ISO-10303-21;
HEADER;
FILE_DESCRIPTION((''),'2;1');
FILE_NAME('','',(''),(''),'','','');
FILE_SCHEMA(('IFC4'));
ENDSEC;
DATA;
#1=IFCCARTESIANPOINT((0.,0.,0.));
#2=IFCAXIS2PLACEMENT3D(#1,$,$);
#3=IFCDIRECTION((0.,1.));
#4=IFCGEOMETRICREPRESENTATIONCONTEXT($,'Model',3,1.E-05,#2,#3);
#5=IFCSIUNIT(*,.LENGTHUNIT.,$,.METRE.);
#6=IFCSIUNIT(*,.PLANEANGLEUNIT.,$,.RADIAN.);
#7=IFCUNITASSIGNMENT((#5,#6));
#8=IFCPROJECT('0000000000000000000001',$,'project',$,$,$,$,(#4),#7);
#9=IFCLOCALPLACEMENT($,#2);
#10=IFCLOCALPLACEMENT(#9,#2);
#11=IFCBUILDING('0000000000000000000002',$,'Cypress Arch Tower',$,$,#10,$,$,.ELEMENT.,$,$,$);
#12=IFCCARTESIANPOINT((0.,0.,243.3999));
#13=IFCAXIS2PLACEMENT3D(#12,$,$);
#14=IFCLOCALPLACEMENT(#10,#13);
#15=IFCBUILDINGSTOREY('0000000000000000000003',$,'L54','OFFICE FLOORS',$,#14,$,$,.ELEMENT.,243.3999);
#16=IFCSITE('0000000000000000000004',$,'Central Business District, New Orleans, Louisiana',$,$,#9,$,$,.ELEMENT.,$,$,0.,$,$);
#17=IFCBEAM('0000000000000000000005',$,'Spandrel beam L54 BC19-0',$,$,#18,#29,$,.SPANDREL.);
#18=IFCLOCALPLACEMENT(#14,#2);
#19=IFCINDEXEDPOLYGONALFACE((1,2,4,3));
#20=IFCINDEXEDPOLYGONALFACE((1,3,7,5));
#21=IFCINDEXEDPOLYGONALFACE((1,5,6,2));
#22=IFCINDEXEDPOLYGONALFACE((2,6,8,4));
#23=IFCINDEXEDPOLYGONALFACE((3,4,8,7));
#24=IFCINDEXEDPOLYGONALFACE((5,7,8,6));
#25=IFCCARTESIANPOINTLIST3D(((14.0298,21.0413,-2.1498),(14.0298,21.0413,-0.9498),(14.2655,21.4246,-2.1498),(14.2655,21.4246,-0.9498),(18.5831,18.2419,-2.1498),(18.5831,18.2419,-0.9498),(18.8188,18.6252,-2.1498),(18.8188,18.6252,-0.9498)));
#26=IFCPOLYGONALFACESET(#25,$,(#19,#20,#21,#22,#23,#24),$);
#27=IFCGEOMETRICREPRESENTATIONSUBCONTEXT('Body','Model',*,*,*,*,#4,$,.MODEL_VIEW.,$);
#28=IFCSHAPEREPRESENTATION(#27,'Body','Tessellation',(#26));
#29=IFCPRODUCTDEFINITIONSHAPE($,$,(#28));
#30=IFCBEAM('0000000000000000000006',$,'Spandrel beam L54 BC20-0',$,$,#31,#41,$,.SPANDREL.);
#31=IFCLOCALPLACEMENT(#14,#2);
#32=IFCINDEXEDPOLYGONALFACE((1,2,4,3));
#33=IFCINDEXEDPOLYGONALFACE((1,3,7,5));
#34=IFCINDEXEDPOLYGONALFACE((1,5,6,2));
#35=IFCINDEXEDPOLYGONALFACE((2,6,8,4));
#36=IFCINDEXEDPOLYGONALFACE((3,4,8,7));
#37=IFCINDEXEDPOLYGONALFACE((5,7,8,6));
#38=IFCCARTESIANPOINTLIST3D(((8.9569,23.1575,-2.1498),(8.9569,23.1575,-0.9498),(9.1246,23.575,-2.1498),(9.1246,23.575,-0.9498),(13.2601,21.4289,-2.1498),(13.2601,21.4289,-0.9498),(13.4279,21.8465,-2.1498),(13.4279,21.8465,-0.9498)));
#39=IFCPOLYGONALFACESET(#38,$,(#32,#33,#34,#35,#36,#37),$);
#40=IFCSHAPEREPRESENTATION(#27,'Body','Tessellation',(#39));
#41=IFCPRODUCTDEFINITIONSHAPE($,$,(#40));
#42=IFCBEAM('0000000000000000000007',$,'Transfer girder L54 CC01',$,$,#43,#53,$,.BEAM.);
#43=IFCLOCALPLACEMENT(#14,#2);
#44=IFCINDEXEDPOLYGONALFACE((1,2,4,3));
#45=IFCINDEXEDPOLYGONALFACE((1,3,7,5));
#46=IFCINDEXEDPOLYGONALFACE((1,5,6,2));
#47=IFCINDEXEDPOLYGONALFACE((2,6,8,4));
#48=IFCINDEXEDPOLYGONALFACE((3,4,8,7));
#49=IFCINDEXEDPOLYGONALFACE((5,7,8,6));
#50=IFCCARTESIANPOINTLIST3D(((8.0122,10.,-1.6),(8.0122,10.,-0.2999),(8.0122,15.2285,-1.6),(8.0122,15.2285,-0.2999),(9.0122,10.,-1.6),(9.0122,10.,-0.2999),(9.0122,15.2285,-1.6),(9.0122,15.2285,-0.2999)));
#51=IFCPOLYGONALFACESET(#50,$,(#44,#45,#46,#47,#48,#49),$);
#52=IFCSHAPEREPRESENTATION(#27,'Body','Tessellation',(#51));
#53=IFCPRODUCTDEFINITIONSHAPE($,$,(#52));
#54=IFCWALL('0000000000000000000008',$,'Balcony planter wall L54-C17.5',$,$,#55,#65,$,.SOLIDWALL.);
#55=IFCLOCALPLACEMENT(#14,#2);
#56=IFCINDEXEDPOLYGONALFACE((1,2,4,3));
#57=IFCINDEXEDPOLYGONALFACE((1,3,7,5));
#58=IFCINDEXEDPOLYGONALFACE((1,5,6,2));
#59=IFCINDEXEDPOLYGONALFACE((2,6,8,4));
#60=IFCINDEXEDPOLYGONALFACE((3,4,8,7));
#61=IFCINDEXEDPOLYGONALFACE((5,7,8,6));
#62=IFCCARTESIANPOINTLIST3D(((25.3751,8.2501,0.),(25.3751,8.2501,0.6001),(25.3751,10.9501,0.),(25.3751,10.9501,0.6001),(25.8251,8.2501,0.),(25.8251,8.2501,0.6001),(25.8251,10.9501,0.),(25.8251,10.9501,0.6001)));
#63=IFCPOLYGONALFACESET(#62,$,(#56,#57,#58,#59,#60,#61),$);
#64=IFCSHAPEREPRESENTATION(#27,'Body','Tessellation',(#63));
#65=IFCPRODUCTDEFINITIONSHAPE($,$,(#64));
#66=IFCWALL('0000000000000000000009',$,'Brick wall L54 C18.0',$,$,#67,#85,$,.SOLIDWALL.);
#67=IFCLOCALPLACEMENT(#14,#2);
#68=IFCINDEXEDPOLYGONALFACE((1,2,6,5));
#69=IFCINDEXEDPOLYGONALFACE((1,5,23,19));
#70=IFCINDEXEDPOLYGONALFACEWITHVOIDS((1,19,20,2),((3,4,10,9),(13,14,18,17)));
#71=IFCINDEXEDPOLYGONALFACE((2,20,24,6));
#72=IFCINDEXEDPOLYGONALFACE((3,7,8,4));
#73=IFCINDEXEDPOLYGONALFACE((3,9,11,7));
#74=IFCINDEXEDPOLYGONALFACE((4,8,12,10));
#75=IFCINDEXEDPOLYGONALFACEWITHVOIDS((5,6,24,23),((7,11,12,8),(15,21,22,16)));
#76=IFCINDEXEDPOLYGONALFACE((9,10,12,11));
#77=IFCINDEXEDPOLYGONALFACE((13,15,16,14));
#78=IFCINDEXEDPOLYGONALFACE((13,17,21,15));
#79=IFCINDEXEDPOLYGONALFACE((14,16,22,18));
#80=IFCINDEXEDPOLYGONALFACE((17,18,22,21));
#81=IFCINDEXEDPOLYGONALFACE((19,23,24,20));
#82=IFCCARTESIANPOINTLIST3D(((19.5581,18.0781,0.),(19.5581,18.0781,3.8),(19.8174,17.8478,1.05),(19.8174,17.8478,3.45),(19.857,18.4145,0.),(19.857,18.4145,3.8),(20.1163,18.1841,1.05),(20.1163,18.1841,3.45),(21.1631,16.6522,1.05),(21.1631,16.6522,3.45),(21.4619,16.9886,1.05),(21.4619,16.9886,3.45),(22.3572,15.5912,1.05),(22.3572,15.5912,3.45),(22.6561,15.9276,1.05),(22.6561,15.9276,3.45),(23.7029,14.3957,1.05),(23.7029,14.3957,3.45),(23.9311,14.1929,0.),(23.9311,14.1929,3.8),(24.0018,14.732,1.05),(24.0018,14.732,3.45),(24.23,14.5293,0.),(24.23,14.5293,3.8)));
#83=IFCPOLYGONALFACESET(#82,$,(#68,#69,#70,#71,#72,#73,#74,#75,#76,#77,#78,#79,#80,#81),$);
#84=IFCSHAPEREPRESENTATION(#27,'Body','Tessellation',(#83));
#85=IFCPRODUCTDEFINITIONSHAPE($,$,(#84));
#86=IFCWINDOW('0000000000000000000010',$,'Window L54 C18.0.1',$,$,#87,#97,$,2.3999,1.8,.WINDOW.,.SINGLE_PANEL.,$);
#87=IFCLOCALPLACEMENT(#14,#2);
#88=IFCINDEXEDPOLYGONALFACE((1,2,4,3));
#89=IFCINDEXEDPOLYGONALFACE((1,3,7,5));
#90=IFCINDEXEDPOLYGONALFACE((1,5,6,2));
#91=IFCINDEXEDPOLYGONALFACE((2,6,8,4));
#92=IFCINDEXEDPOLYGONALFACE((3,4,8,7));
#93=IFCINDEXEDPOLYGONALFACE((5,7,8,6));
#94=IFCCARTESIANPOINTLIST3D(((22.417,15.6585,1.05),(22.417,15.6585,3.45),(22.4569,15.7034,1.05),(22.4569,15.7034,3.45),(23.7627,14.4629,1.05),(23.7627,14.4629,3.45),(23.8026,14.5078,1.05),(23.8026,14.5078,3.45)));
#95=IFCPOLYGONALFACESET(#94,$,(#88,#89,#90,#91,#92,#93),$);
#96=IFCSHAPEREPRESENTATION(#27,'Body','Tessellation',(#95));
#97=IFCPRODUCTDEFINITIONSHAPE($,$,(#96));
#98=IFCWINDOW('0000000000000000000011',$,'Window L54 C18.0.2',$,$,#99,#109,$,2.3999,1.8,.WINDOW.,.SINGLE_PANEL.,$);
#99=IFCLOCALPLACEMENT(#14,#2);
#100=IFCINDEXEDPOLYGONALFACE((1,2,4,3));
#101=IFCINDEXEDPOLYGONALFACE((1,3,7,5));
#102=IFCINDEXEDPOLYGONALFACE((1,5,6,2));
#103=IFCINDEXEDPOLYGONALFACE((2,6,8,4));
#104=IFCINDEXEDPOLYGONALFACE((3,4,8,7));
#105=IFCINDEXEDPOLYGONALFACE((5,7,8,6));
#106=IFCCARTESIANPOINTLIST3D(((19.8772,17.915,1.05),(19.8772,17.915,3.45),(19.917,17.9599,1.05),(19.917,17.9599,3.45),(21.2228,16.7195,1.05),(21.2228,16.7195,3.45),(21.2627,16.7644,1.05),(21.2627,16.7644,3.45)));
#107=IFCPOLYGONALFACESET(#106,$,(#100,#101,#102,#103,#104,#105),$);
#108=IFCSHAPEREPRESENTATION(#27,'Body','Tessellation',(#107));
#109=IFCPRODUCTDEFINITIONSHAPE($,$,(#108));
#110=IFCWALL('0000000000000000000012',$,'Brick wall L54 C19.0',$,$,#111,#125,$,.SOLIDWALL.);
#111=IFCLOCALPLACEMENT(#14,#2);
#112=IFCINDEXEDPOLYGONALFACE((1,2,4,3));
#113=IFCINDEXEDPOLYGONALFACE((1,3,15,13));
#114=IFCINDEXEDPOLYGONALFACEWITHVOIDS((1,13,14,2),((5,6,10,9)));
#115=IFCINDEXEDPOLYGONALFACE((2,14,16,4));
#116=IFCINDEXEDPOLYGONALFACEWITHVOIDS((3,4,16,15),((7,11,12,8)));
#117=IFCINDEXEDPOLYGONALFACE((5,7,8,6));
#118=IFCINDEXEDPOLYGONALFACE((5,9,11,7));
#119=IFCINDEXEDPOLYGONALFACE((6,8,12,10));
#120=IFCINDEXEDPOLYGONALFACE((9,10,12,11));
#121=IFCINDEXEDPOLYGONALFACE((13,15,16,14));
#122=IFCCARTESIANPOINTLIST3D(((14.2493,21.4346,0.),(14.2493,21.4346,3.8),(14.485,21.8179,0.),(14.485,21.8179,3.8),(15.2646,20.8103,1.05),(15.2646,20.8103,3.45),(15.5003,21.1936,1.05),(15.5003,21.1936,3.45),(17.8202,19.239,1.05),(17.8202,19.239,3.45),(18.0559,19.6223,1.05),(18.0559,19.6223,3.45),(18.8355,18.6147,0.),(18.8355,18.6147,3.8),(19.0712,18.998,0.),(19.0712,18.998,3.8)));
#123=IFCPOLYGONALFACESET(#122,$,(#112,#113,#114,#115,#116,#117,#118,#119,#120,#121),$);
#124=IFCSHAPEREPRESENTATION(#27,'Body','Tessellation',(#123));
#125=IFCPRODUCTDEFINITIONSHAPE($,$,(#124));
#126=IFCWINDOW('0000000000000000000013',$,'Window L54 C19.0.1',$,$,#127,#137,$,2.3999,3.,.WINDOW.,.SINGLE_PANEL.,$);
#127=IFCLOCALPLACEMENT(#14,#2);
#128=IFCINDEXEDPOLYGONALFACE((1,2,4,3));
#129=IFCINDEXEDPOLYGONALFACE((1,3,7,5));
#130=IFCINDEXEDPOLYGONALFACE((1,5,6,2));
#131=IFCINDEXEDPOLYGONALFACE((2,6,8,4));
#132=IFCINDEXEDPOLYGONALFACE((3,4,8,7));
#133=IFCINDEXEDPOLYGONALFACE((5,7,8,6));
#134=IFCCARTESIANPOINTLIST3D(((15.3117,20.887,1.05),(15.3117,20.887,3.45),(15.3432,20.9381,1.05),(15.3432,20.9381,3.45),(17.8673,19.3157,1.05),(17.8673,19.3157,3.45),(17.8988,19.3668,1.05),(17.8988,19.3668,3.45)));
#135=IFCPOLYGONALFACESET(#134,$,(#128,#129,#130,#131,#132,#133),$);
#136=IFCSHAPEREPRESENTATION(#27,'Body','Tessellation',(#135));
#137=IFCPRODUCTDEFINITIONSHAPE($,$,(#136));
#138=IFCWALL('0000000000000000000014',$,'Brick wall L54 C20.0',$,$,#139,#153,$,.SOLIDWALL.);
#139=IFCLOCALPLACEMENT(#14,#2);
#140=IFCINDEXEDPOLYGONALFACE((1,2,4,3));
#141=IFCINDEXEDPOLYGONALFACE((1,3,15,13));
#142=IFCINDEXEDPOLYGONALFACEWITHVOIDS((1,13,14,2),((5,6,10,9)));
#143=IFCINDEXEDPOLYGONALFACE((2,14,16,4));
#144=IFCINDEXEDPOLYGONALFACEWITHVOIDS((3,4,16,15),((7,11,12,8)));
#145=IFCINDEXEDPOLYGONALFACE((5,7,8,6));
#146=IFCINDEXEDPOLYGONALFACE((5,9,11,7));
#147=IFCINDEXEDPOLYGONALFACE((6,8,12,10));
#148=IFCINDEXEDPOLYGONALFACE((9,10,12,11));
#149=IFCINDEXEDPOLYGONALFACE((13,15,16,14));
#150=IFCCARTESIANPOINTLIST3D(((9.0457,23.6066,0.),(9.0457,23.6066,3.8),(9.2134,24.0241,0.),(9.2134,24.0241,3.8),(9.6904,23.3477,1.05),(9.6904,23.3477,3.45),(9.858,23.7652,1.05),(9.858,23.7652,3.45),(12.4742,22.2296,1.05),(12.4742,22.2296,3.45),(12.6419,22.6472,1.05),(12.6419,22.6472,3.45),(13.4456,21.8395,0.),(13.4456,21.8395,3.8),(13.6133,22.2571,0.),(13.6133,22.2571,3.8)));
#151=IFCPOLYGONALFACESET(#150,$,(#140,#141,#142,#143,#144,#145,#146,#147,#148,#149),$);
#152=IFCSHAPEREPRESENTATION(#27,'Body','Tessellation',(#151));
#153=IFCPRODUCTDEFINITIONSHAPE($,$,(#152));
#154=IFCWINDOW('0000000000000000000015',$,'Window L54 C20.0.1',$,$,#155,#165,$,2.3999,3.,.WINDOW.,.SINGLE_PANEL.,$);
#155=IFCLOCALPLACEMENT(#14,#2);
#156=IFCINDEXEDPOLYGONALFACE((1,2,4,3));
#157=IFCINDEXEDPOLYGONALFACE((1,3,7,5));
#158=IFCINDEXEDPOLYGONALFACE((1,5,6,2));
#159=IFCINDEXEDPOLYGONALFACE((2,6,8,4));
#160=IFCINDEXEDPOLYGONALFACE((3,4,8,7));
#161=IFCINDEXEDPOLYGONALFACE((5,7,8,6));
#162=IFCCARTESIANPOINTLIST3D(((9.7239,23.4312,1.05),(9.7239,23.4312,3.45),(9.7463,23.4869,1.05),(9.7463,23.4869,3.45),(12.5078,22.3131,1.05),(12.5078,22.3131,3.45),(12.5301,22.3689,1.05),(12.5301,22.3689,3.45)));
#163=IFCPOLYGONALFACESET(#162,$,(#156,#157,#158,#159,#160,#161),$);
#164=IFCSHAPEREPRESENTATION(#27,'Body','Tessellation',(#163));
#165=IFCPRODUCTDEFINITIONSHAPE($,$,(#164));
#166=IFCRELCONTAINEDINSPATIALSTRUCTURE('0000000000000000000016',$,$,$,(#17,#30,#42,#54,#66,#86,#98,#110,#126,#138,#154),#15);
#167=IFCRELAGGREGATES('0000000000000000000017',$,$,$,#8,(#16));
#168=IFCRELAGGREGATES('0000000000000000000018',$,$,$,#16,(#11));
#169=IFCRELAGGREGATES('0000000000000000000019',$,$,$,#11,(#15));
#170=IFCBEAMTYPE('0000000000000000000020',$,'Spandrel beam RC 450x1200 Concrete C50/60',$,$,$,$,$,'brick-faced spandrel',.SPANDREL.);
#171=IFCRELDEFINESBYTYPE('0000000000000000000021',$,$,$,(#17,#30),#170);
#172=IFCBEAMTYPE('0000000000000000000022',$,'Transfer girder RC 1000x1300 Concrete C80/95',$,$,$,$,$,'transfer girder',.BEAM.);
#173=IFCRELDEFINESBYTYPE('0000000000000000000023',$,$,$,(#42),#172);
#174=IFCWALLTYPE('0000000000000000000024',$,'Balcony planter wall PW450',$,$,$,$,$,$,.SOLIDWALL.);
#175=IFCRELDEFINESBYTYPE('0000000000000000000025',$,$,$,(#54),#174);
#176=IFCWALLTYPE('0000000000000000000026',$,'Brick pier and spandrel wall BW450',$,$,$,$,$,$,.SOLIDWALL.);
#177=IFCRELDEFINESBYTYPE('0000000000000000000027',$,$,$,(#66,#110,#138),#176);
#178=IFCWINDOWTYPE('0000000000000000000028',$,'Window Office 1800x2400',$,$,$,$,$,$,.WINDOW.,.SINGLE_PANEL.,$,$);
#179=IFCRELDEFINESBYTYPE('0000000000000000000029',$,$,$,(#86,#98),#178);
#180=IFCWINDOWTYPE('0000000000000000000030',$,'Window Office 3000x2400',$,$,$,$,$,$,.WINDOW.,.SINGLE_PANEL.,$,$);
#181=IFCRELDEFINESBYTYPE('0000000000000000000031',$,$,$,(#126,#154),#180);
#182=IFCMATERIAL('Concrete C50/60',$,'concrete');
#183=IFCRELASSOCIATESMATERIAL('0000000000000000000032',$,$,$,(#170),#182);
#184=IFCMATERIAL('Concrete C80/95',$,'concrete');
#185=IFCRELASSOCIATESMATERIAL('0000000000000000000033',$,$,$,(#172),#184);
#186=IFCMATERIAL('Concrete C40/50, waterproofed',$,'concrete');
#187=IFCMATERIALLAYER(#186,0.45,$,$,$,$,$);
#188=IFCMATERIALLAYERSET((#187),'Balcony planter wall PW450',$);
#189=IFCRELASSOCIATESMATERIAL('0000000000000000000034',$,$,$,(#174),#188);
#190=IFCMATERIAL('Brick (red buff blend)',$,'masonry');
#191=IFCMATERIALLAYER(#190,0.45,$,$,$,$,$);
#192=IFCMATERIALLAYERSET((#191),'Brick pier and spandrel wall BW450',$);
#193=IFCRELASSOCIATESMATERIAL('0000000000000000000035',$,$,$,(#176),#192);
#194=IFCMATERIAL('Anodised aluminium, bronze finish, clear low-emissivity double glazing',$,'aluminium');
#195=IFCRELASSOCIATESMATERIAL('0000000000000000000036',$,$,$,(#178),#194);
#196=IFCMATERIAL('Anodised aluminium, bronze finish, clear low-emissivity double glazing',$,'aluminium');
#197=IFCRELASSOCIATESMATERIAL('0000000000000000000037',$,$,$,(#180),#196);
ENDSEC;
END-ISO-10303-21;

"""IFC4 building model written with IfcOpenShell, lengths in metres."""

from ifc_helpers import new_model, si_unit, direction, frame, frame_2d, origin, origin_2d, place, context, subcontext, project, spatial, rectangle, extrude, material, layer, layer_set, material_profile, profile_set, type_object, element, fill, save


model = new_model("IFC4")

# Units and contexts
model_context = context("Model", 3, precision=1e-05, world=origin(), true_north=direction((0.0, 1.0)))
body_context = subcontext(model_context, "Body", "Model", "MODEL_VIEW")
ifc_project = project(units=[si_unit("LENGTHUNIT", "METRE"), si_unit("PLANEANGLEUNIT", "RADIAN")], contexts=[model_context])

# Site, building, storey
site_placement = place(None, origin())
site = spatial("IfcSite", under=ifc_project, at=site_placement, Name="Central Business District, New Orleans, Louisiana", CompositionType="ELEMENT", RefElevation=0.0)
building_placement = place(site_placement, origin())
building = spatial("IfcBuilding", under=site, at=building_placement, Name="Cypress Arch Tower", CompositionType="ELEMENT")
storey_placement = place(building_placement, frame((0.0, 0.0, 243.3999)))
storey = spatial("IfcBuildingStorey", under=building, at=storey_placement, Name="L54", Description="OFFICE FLOORS", CompositionType="ELEMENT", Elevation=243.3999)

# Beams
ifc_material_1 = material(Name="Concrete C50/60", Category="concrete")
ifc_material_profile_1 = material_profile(ifc_material_1, rectangle(XDim=0.45, YDim=1.2, at=origin_2d()), Name="RC 450x1200")
ifc_profile_set_1 = profile_set([ifc_material_profile_1], Name="Concrete C50/60")
beam_type_1 = type_object("IfcBeamType", Name="Spandrel beam RC 450x1200 Concrete C50/60", ElementType="brick-faced spandrel", PredefinedType="SPANDREL", material=ifc_profile_set_1)
beam_1_placement = place(storey_placement, frame((18.7009, 18.4336, -1.5498), z_axis=(-0.851881, 0.523735, 0.0), x_axis=(-0.523735, -0.851881, 0.0)))
element("IfcBeam", 1, at=beam_1_placement, inside=storey, type_object=beam_type_1, Name="Spandrel beam L54 BC19-0", PredefinedType="SPANDREL", context=body_context, shape_type="SweptSolid", body=[
    extrude(rectangle(XDim=0.45, YDim=1.2, at=origin_2d()), origin(), (0.0, 0.0, 1.0), 5.345),
])
beam_2_placement = place(storey_placement, frame((13.344, 21.6377, -1.5498), z_axis=(-0.927938, 0.372734, 0.0), x_axis=(-0.372734, -0.927938, 0.0)))
element("IfcBeam", 2, at=beam_2_placement, inside=storey, type_object=beam_type_1, Name="Spandrel beam L54 BC20-0", PredefinedType="SPANDREL", context=body_context, shape_type="SweptSolid", body=[
    extrude(rectangle(XDim=0.45, YDim=1.2, at=origin_2d()), origin(), (0.0, 0.0, 1.0), 4.6375),
])
ifc_material_2 = material(Name="Concrete C80/95", Category="concrete")
ifc_material_profile_2 = material_profile(ifc_material_2, rectangle(XDim=1.0, YDim=1.3, at=origin_2d()), Name="RC 1000x1300")
ifc_profile_set_2 = profile_set([ifc_material_profile_2], Name="Concrete C80/95")
beam_type_2 = type_object("IfcBeamType", Name="Transfer girder RC 1000x1300 Concrete C80/95", ElementType="transfer girder", PredefinedType="BEAM", material=ifc_profile_set_2)
beam_3_placement = place(storey_placement, frame((8.5122, 10.0, -0.95), z_axis=(0.0, 1.0, 0.0), x_axis=(-1.0, 0.0, 0.0)))
element("IfcBeam", 3, at=beam_3_placement, inside=storey, type_object=beam_type_2, Name="Transfer girder L54 CC01", PredefinedType="BEAM", context=body_context, shape_type="SweptSolid", body=[
    extrude(rectangle(XDim=1.0, YDim=1.3, at=origin_2d()), origin(), (0.0, 0.0, 1.0), 5.2285),
])

# Wall
ifc_material_3 = material(Name="Concrete C40/50, waterproofed", Category="concrete")
ifc_layer_1 = layer(ifc_material_3, 0.45)
ifc_layer_set_1 = layer_set([ifc_layer_1], Name="Balcony planter wall PW450")
wall_type_1 = type_object("IfcWallType", Name="Balcony planter wall PW450", PredefinedType="SOLIDWALL", material=ifc_layer_set_1)
wall_1_placement = place(storey_placement, frame((25.6001, 8.25, 0.0), z_axis=(0.0, 0.0, 1.0), x_axis=(0.0, 1.0, 0.0)))
element("IfcWall", 4, at=wall_1_placement, inside=storey, type_object=wall_type_1, Name="Balcony planter wall L54-C17.5", PredefinedType="SOLIDWALL", context=body_context, shape_type="SweptSolid", body=[
    extrude(rectangle(XDim=2.7, YDim=0.45, at=frame_2d((1.3501, 0.0))), origin(), (0.0, 0.0, 1.0), 0.6001),
])

# Wall, openings, windows
ifc_material_4 = material(Name="Brick (red buff blend)", Category="masonry")
ifc_layer_2 = layer(ifc_material_4, 0.45)
ifc_layer_set_2 = layer_set([ifc_layer_2], Name="Brick pier and spandrel wall BW450")
wall_type_2 = type_object("IfcWallType", Name="Brick pier and spandrel wall BW450", PredefinedType="SOLIDWALL", material=ifc_layer_set_2)
wall_2_placement = place(storey_placement, frame((24.0806, 14.3611, 0.0), z_axis=(0.0, 0.0, 1.0), x_axis=(-0.74757, 0.664182, 0.0)))
wall_2 = element("IfcWall", 5, at=wall_2_placement, inside=storey, type_object=wall_type_2, Name="Brick wall L54 C18.0", PredefinedType="SOLIDWALL", context=body_context, shape_type="SweptSolid", body=[
    extrude(rectangle(XDim=5.8496, YDim=0.45, at=frame_2d((2.9248, 0.0))), origin(), (0.0, 0.0, 1.0), 3.8),
])
opening_1_placement = place(wall_2_placement, frame((0.3054, 0.0, 1.05)))
opening_1 = element("IfcOpeningElement", 6, at=opening_1_placement, cuts=wall_2, PredefinedType="OPENING", context=body_context, shape_type="SweptSolid", body=[
    extrude(rectangle(XDim=1.8, YDim=2.3999, at=frame_2d((0.8999, 1.2))), frame((0.0, 0.2349, 0.0), z_axis=(0.0, -1.0, 0.0), x_axis=(1.0, 0.0, 0.0)), (0.0, 0.0, 1.0), 0.47),
])
opening_2_placement = place(wall_2_placement, frame((3.7029, 0.0, 1.05)))
opening_2 = element("IfcOpeningElement", 7, at=opening_2_placement, cuts=wall_2, PredefinedType="OPENING", context=body_context, shape_type="SweptSolid", body=[
    extrude(rectangle(XDim=1.8, YDim=2.3999, at=frame_2d((0.8999, 1.2))), frame((0.0, 0.2349, 0.0), z_axis=(0.0, -1.0, 0.0), x_axis=(1.0, 0.0, 0.0)), (0.0, 0.0, 1.0), 0.47),
])
ifc_material_5 = material(Name="Anodised aluminium, bronze finish, clear low-emissivity double glazing", Category="aluminium")
window_type_1 = type_object("IfcWindowType", Name="Window Office 1800x2400", PartitioningType="SINGLE_PANEL", PredefinedType="WINDOW", material=ifc_material_5)
window_1_placement = place(opening_1_placement, origin())
window_1 = element("IfcWindow", 8, at=window_1_placement, inside=storey, type_object=window_type_1, Name="Window L54 C18.0.1", OverallHeight=2.3999, OverallWidth=1.8, PartitioningType="SINGLE_PANEL", PredefinedType="WINDOW", context=body_context, shape_type="SweptSolid", body=[
    extrude(rectangle(XDim=1.8, YDim=2.3999, at=frame_2d((0.8999, 1.2))), frame((0.0, 0.135, 0.0), z_axis=(0.0, -1.0, 0.0), x_axis=(1.0, 0.0, 0.0)), (0.0, 0.0, 1.0), 0.0601),
])
fill(opening_1, window_1)
window_2_placement = place(opening_2_placement, origin())
window_2 = element("IfcWindow", 9, at=window_2_placement, inside=storey, type_object=window_type_1, Name="Window L54 C18.0.2", OverallHeight=2.3999, OverallWidth=1.8, PartitioningType="SINGLE_PANEL", PredefinedType="WINDOW", context=body_context, shape_type="SweptSolid", body=[
    extrude(rectangle(XDim=1.8, YDim=2.3999, at=frame_2d((0.8999, 1.2))), frame((0.0, 0.135, 0.0), z_axis=(0.0, -1.0, 0.0), x_axis=(1.0, 0.0, 0.0)), (0.0, 0.0, 1.0), 0.0601),
])
fill(opening_2, window_2)

# Walls, openings, windows
wall_3_placement = place(storey_placement, frame((18.9534, 18.8064, 0.0), z_axis=(0.0, 0.0, 1.0), x_axis=(-0.851861, 0.523768, 0.0)))
wall_3 = element("IfcWall", 10, at=wall_3_placement, inside=storey, type_object=wall_type_2, Name="Brick wall L54 C19.0", PredefinedType="SOLIDWALL", context=body_context, shape_type="SweptSolid", body=[
    extrude(rectangle(XDim=5.3838, YDim=0.45, at=frame_2d((2.6919, 0.0))), origin(), (0.0, 0.0, 1.0), 3.8),
])
opening_3_placement = place(wall_3_placement, frame((1.1919, 0.0, 1.05)))
opening_3 = element("IfcOpeningElement", 11, at=opening_3_placement, cuts=wall_3, PredefinedType="OPENING", context=body_context, shape_type="SweptSolid", body=[
    extrude(rectangle(XDim=3.0, YDim=2.3999, at=frame_2d((1.5, 1.2))), frame((0.0, 0.2349, 0.0), z_axis=(0.0, -1.0, 0.0), x_axis=(1.0, 0.0, 0.0)), (0.0, 0.0, 1.0), 0.47),
])
ifc_material_6 = material(Name="Anodised aluminium, bronze finish, clear low-emissivity double glazing", Category="aluminium")
window_type_2 = type_object("IfcWindowType", Name="Window Office 3000x2400", PartitioningType="SINGLE_PANEL", PredefinedType="WINDOW", material=ifc_material_6)
window_3_placement = place(opening_3_placement, origin())
window_3 = element("IfcWindow", 12, at=window_3_placement, inside=storey, type_object=window_type_2, Name="Window L54 C19.0.1", OverallHeight=2.3999, OverallWidth=3.0, PartitioningType="SINGLE_PANEL", PredefinedType="WINDOW", context=body_context, shape_type="SweptSolid", body=[
    extrude(rectangle(XDim=3.0, YDim=2.3999, at=frame_2d((1.5, 1.2))), frame((0.0, 0.135, 0.0), z_axis=(0.0, -1.0, 0.0), x_axis=(1.0, 0.0, 0.0)), (0.0, 0.0, 1.0), 0.0601),
])
fill(opening_3, window_3)
wall_4_placement = place(storey_placement, frame((13.5293, 22.0483, 0.0), z_axis=(0.0, 0.0, 1.0), x_axis=(-0.927957, 0.372686, 0.0)))
wall_4 = element("IfcWall", 13, at=wall_4_placement, inside=storey, type_object=wall_type_2, Name="Brick wall L54 C20.0", PredefinedType="SOLIDWALL", context=body_context, shape_type="SweptSolid", body=[
    extrude(rectangle(XDim=4.7415, YDim=0.45, at=frame_2d((2.3706, 0.0))), origin(), (0.0, 0.0, 1.0), 3.8),
])
opening_4_placement = place(wall_4_placement, frame((1.0466, 0.0, 1.05)))
opening_4 = element("IfcOpeningElement", 14, at=opening_4_placement, cuts=wall_4, PredefinedType="OPENING", context=body_context, shape_type="SweptSolid", body=[
    extrude(rectangle(XDim=3.0, YDim=2.3999, at=frame_2d((1.5, 1.2))), frame((0.0, 0.2349, 0.0), z_axis=(0.0, -1.0, 0.0), x_axis=(1.0, 0.0, 0.0)), (0.0, 0.0, 1.0), 0.47),
])
window_4_placement = place(opening_4_placement, origin())
window_4 = element("IfcWindow", 15, at=window_4_placement, inside=storey, type_object=window_type_2, Name="Window L54 C20.0.1", OverallHeight=2.3999, OverallWidth=3.0, PartitioningType="SINGLE_PANEL", PredefinedType="WINDOW", context=body_context, shape_type="SweptSolid", body=[
    extrude(rectangle(XDim=3.0, YDim=2.3999, at=frame_2d((1.5, 1.2))), frame((0.0, 0.135, 0.0), z_axis=(0.0, -1.0, 0.0), x_axis=(1.0, 0.0, 0.0)), (0.0, 0.0, 1.0), 0.0601),
])
fill(opening_4, window_4)

save(model, "model.ifc")
